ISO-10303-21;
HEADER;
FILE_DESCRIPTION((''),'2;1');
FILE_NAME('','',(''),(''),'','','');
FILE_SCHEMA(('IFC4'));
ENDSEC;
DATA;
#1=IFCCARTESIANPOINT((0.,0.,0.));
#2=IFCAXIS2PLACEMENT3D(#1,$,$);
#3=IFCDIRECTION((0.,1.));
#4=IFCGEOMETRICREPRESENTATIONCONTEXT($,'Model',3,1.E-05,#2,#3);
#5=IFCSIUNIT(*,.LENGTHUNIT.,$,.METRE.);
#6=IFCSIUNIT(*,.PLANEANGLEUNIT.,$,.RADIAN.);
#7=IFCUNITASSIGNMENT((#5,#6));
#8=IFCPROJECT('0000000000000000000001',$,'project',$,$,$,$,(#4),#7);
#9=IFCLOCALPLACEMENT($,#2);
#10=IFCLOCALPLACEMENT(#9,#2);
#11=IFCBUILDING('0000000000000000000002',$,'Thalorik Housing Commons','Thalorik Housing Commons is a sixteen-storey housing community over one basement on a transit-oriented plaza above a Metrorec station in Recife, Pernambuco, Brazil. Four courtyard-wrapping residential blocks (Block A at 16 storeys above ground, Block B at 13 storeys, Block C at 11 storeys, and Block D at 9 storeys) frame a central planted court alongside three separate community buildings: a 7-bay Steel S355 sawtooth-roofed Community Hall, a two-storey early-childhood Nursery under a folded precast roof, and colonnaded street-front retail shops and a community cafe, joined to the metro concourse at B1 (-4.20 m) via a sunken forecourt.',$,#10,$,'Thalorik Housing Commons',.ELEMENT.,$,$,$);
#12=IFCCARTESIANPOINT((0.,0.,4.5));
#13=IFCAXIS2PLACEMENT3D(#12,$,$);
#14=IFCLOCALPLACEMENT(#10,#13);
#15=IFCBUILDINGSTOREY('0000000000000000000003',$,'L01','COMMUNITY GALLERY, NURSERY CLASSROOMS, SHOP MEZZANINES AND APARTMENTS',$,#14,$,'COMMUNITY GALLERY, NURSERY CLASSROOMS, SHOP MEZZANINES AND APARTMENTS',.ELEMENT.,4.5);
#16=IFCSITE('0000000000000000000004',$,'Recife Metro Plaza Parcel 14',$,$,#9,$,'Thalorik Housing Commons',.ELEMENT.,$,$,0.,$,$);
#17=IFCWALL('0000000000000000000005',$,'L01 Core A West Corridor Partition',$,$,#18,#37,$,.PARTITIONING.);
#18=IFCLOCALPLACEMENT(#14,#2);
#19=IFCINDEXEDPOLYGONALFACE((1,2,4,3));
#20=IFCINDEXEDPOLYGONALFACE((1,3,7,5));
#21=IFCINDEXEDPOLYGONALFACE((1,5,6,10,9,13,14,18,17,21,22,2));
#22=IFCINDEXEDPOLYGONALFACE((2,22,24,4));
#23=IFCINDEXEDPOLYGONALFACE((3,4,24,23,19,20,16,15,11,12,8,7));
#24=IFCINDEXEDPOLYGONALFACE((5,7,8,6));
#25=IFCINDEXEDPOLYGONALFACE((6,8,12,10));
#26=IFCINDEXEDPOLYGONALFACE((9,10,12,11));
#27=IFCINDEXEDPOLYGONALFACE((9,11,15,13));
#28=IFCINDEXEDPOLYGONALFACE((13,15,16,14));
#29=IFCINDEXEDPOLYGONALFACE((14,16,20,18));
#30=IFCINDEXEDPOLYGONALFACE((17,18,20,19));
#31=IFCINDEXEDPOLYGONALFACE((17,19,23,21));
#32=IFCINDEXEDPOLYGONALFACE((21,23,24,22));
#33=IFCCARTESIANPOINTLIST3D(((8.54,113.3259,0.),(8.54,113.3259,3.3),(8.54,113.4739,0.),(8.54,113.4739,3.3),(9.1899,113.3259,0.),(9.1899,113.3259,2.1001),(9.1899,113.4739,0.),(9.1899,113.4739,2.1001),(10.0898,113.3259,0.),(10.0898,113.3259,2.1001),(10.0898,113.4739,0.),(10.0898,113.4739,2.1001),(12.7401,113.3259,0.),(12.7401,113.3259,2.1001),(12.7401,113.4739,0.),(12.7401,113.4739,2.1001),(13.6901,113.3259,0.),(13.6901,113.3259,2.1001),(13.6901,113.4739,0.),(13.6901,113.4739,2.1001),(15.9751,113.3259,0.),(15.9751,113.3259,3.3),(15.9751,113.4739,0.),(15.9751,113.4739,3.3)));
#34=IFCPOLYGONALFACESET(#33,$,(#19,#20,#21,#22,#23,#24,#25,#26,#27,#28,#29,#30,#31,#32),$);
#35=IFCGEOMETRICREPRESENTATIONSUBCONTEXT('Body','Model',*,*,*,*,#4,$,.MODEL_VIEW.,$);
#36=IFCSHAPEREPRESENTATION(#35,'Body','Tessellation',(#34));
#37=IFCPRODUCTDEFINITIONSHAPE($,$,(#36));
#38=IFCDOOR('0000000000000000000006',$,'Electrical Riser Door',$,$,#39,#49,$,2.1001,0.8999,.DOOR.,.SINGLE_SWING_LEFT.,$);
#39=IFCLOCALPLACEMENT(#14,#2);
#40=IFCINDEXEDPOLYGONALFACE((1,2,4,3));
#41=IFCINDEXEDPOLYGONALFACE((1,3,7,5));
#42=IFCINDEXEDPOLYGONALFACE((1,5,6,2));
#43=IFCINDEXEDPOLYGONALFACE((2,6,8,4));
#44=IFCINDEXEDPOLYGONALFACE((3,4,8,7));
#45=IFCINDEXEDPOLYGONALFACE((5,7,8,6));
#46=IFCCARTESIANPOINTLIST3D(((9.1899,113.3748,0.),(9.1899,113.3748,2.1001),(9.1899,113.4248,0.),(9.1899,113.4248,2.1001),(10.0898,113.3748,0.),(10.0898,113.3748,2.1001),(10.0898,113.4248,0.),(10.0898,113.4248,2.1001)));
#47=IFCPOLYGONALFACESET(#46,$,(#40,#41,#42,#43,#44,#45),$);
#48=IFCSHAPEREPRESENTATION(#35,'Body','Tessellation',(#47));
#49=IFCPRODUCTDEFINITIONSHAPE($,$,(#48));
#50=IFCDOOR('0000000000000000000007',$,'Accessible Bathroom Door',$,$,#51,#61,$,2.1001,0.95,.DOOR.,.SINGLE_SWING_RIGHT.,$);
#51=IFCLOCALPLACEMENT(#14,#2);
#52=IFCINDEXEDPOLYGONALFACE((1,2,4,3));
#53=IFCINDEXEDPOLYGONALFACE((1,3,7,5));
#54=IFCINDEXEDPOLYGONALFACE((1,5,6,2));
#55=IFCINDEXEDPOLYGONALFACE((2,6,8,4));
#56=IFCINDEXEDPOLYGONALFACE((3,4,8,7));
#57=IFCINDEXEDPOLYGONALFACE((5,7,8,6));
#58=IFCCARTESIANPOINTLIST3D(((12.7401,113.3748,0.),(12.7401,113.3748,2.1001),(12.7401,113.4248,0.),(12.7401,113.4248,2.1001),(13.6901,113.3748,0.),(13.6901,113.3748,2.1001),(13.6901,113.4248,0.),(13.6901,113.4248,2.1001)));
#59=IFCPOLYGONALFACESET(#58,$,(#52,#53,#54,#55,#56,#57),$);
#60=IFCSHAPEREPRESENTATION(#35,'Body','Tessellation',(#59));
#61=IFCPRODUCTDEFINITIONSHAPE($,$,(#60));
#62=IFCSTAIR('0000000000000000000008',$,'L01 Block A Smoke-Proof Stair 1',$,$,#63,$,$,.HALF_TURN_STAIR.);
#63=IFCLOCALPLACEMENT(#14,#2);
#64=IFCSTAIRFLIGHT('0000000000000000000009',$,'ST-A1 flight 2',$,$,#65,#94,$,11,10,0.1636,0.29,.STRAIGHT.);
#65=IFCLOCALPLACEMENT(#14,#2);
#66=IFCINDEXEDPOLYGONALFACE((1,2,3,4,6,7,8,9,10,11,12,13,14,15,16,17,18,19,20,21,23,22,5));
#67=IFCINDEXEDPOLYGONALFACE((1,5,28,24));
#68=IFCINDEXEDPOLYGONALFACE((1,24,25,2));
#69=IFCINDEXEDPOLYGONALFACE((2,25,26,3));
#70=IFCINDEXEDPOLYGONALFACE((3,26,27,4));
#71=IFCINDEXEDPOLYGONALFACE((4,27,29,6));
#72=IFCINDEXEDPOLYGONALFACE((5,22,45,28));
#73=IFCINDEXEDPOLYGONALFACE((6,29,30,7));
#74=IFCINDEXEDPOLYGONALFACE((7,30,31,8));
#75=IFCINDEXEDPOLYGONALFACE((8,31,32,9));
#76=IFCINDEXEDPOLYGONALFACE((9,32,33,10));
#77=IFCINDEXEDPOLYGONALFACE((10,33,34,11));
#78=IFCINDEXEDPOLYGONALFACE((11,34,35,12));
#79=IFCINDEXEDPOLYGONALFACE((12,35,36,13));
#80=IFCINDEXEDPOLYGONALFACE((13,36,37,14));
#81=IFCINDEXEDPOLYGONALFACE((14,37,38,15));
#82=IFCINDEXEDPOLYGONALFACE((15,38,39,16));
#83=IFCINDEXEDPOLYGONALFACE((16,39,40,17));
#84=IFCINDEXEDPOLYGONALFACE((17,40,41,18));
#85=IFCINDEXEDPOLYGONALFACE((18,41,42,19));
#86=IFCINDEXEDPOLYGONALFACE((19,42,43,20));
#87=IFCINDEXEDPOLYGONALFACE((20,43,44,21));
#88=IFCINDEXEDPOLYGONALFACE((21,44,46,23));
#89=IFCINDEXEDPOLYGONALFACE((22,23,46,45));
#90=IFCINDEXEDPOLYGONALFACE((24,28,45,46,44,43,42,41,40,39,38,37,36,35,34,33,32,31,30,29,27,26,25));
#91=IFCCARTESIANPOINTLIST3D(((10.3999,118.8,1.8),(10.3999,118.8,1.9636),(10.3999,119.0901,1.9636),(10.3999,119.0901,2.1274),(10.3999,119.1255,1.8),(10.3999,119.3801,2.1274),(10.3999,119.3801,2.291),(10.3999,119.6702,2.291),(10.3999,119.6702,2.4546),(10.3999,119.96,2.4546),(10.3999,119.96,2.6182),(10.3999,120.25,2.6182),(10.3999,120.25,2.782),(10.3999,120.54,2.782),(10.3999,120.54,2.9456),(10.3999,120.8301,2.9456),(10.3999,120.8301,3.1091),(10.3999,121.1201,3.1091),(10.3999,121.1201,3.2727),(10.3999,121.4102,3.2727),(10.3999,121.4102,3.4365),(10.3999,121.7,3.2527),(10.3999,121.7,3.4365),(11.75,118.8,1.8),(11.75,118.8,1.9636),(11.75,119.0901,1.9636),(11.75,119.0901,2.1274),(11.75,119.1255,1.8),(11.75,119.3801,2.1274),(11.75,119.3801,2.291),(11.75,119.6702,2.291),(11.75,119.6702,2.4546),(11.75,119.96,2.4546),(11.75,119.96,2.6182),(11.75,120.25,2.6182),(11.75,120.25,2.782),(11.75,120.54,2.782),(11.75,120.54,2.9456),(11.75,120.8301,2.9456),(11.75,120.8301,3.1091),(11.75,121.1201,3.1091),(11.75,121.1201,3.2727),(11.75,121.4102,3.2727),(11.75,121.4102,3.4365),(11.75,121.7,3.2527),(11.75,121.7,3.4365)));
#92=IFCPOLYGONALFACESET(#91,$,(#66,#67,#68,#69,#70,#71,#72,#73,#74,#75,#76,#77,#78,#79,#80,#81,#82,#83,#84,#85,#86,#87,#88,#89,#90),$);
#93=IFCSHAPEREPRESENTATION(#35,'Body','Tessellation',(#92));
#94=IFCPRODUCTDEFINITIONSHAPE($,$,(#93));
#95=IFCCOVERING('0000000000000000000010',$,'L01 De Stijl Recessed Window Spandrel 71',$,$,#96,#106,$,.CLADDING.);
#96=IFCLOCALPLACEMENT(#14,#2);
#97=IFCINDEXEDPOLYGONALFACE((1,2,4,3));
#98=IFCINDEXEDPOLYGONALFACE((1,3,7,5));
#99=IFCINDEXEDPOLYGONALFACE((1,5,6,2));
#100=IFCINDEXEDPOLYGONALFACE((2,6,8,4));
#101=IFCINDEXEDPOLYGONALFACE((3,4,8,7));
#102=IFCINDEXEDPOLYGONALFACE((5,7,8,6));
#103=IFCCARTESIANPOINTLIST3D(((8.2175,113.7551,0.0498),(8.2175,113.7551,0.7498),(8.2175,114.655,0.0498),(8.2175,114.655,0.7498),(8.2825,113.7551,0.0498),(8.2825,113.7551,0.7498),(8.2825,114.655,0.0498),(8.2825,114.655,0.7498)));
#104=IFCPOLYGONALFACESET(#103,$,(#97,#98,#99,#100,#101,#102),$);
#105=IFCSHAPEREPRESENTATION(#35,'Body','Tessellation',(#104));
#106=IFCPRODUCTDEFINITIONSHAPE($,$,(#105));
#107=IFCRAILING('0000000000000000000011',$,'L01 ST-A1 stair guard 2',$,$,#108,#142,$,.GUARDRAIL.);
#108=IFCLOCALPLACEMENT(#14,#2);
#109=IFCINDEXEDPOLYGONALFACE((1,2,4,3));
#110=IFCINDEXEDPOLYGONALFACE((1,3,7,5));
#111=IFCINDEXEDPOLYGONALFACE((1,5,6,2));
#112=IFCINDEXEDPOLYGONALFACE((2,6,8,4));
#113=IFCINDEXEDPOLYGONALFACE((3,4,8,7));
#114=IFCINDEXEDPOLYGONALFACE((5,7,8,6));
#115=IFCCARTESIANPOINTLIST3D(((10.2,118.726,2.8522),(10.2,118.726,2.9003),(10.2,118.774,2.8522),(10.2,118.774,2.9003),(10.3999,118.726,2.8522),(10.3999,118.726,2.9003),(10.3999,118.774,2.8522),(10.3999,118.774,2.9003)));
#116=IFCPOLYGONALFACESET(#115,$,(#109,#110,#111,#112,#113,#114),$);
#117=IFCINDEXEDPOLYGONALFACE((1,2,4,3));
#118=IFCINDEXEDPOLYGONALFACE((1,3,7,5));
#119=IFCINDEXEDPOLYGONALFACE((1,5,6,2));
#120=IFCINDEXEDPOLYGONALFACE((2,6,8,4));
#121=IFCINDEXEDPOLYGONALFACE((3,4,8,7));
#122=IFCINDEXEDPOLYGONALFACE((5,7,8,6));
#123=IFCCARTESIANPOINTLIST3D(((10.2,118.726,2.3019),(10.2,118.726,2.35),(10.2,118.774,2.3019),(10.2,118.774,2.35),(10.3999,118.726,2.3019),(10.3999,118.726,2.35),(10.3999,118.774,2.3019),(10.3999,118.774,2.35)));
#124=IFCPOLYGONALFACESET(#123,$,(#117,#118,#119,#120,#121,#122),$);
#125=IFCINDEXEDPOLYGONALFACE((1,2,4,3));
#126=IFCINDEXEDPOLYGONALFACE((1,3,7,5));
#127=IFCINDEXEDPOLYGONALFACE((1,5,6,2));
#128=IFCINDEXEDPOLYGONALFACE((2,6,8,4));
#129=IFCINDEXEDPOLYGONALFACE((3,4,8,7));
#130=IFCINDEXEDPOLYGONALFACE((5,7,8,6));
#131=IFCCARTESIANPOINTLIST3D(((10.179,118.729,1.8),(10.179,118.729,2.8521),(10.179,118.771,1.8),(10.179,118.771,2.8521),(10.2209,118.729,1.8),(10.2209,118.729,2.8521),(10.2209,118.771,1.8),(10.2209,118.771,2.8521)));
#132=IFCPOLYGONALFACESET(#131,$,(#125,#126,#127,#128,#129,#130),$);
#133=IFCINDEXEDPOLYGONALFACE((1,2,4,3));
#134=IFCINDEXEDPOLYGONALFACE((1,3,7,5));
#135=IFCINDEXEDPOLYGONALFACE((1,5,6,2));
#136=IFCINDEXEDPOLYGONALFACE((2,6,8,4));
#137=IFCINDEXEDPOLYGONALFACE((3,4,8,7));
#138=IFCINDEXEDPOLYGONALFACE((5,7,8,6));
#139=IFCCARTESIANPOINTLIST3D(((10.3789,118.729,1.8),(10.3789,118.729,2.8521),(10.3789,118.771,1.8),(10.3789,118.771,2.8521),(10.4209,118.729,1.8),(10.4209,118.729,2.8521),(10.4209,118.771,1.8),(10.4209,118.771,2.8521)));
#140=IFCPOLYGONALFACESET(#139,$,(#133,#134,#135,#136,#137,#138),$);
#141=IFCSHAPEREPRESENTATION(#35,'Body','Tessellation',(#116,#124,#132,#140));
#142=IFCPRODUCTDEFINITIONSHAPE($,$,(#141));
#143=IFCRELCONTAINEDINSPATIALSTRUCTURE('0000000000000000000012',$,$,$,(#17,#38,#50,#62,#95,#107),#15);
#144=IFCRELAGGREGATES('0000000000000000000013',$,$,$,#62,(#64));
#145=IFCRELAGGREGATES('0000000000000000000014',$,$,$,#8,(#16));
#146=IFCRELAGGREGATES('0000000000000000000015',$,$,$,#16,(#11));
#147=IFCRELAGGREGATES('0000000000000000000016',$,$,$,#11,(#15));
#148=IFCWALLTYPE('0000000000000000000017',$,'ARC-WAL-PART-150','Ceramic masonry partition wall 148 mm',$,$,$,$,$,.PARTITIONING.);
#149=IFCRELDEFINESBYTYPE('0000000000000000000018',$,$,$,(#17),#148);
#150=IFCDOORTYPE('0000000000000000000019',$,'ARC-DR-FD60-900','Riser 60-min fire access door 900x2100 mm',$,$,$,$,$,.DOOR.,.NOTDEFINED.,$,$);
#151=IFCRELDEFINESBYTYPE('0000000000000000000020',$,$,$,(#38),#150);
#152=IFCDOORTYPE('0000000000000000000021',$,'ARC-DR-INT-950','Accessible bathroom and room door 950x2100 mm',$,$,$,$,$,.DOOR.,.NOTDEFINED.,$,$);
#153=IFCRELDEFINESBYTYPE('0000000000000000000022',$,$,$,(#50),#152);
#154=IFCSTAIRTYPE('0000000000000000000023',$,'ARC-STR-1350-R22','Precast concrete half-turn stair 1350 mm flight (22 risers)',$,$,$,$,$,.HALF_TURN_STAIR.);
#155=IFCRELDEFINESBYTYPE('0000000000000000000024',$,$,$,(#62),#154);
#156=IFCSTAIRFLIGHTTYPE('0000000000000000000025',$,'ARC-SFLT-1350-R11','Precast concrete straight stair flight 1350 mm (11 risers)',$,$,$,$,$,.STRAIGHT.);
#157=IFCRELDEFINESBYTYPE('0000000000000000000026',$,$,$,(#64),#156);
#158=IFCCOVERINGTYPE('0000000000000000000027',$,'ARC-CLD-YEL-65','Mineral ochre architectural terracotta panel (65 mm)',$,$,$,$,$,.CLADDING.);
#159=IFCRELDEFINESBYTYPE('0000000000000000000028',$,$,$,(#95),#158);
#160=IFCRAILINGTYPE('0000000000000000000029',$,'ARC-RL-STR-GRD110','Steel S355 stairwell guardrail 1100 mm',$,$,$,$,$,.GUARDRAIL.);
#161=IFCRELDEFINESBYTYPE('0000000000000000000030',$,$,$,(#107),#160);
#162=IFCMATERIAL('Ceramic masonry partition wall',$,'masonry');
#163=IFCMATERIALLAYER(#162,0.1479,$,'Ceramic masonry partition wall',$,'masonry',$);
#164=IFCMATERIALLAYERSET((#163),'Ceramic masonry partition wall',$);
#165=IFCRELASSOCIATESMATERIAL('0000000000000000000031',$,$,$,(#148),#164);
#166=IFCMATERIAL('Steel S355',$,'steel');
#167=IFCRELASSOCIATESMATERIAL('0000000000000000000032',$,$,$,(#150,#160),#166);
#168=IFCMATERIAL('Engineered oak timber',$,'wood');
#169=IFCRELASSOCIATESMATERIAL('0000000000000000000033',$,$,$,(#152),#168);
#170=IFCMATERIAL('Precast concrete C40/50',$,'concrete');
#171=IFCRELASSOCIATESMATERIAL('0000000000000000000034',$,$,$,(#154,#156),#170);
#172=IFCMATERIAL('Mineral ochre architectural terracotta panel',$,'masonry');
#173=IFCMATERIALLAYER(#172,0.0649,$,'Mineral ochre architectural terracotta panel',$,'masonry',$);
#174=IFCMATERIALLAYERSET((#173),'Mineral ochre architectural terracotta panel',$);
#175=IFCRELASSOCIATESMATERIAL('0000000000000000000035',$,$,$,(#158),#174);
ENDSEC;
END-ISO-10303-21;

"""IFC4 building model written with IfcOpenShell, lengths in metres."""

from ifc_helpers import new_model, si_unit, direction, frame, frame_2d, origin, origin_2d, place, context, subcontext, project, spatial, polyline, rectangle, outline, extrude, material, layer, layer_set, type_object, element, fill, aggregate, save


model = new_model("IFC4")

# Units and contexts
model_context = context("Model", 3, precision=1e-05, world=origin(), true_north=direction((0.0, 1.0)))
body_context = subcontext(model_context, "Body", "Model", "MODEL_VIEW")
ifc_project = project(units=[si_unit("LENGTHUNIT", "METRE"), si_unit("PLANEANGLEUNIT", "RADIAN")], contexts=[model_context])

# Site, building, storey
site_placement = place(None, origin())
site = spatial("IfcSite", under=ifc_project, at=site_placement, Name="Recife Metro Plaza Parcel 14", LongName="Thalorik Housing Commons", CompositionType="ELEMENT", RefElevation=0.0)
building_placement = place(site_placement, origin())
building = spatial("IfcBuilding", under=site, at=building_placement, Name="Thalorik Housing Commons", Description="Thalorik Housing Commons is a sixteen-storey housing community over one basement on a transit-oriented plaza above a Metrorec station in Recife, Pernambuco, Brazil. Four courtyard-wrapping residential blocks (Block A at 16 storeys above ground, Block B at 13 storeys, Block C at 11 storeys, and Block D at 9 storeys) frame a central planted court alongside three separate community buildings: a 7-bay Steel S355 sawtooth-roofed Community Hall, a two-storey early-childhood Nursery under a folded precast roof, and colonnaded street-front retail shops and a community cafe, joined to the metro concourse at B1 (-4.20 m) via a sunken forecourt.", LongName="Thalorik Housing Commons", CompositionType="ELEMENT")
storey_placement = place(building_placement, frame((0.0, 0.0, 4.5)))
storey = spatial("IfcBuildingStorey", under=building, at=storey_placement, Name="L01", Description="COMMUNITY GALLERY, NURSERY CLASSROOMS, SHOP MEZZANINES AND APARTMENTS", LongName="COMMUNITY GALLERY, NURSERY CLASSROOMS, SHOP MEZZANINES AND APARTMENTS", CompositionType="ELEMENT", Elevation=4.5)

# Shared definitions
ifc_material_1 = material(Name="Precast concrete C40/50", Category="concrete")

# Shared definitions
ifc_material_2 = material(Name="Steel S355", Category="steel")

# Shared definitions
ifc_material_3 = material(Name="Ceramic masonry partition wall", Category="masonry")
ifc_layer_1 = layer(ifc_material_3, 0.1479, Name="Ceramic masonry partition wall", Category="masonry")
ifc_layer_set_1 = layer_set([ifc_layer_1], Name="Ceramic masonry partition wall")
wall_type_1 = type_object("IfcWallType", Name="ARC-WAL-PART-150", Description="Ceramic masonry partition wall 148 mm", PredefinedType="PARTITIONING", material=ifc_layer_set_1)

# Wall, openings, doors
wall_1_placement = place(storey_placement, frame((8.54, 113.3999, 0.0), z_axis=(0.0, 0.0, 1.0), x_axis=(1.0, 0.0, 0.0)))
wall_1 = element("IfcWall", 1, at=wall_1_placement, inside=storey, type_object=wall_type_1, Name="L01 Core A West Corridor Partition", PredefinedType="PARTITIONING", context=body_context, shape_type="SweptSolid", body=[
    extrude(rectangle(XDim=7.4351, YDim=0.1479, at=frame_2d((3.7175, 0.0))), origin(), (0.0, 0.0, 1.0), 3.3),
])
opening_1_placement = place(wall_1_placement, frame((0.6499, 0.0, 0.0)))
opening_1 = element("IfcOpeningElement", 2, at=opening_1_placement, cuts=wall_1, PredefinedType="OPENING", context=body_context, shape_type="SweptSolid", body=[
    extrude(rectangle(XDim=0.8999, YDim=2.1001, at=frame_2d((0.45, 1.05))), frame((0.0, 0.084, 0.0), z_axis=(0.0, -1.0, 0.0), x_axis=(1.0, 0.0, 0.0)), (0.0, 0.0, 1.0), 0.168),
])
opening_2_placement = place(wall_1_placement, frame((4.2, 0.0, 0.0)))
opening_2 = element("IfcOpeningElement", 3, at=opening_2_placement, cuts=wall_1, PredefinedType="OPENING", context=body_context, shape_type="SweptSolid", body=[
    extrude(rectangle(XDim=0.95, YDim=2.1001, at=frame_2d((0.4751, 1.05))), frame((0.0, 0.084, 0.0), z_axis=(0.0, -1.0, 0.0), x_axis=(1.0, 0.0, 0.0)), (0.0, 0.0, 1.0), 0.168),
])
door_type_1 = type_object("IfcDoorType", Name="ARC-DR-FD60-900", Description="Riser 60-min fire access door 900x2100 mm", OperationType="NOTDEFINED", PredefinedType="DOOR", material=ifc_material_2)
door_1_placement = place(opening_1_placement, origin())
door_1 = element("IfcDoor", 4, at=door_1_placement, inside=storey, type_object=door_type_1, Name="Electrical Riser Door", OperationType="SINGLE_SWING_LEFT", OverallHeight=2.1001, OverallWidth=0.8999, PredefinedType="DOOR", context=body_context, shape_type="SweptSolid", body=[
    extrude(rectangle(XDim=0.8999, YDim=2.1001, at=frame_2d((0.45, 1.05))), frame((0.0, 0.0249, 0.0), z_axis=(0.0, -1.0, 0.0), x_axis=(1.0, 0.0, 0.0)), (0.0, 0.0, 1.0), 0.05),
])
fill(opening_1, door_1)
ifc_material_4 = material(Name="Engineered oak timber", Category="wood")
door_type_2 = type_object("IfcDoorType", Name="ARC-DR-INT-950", Description="Accessible bathroom and room door 950x2100 mm", OperationType="NOTDEFINED", PredefinedType="DOOR", material=ifc_material_4)
door_2_placement = place(opening_2_placement, origin())
door_2 = element("IfcDoor", 5, at=door_2_placement, inside=storey, type_object=door_type_2, Name="Accessible Bathroom Door", OperationType="SINGLE_SWING_RIGHT", OverallHeight=2.1001, OverallWidth=0.95, PredefinedType="DOOR", context=body_context, shape_type="SweptSolid", body=[
    extrude(rectangle(XDim=0.95, YDim=2.1001, at=frame_2d((0.4751, 1.05))), frame((0.0, 0.0249, 0.0), z_axis=(0.0, -1.0, 0.0), x_axis=(1.0, 0.0, 0.0)), (0.0, 0.0, 1.0), 0.05),
])
fill(opening_2, door_2)

# Stair, stair flight
stair_type = type_object("IfcStairType", Name="ARC-STR-1350-R22", Description="Precast concrete half-turn stair 1350 mm flight (22 risers)", PredefinedType="HALF_TURN_STAIR", material=ifc_material_1)
stair_placement = place(storey_placement, origin())
stair = element("IfcStair", 6, at=stair_placement, inside=storey, type_object=stair_type, Name="L01 Block A Smoke-Proof Stair 1", PredefinedType="HALF_TURN_STAIR")
stair_flight_type = type_object("IfcStairFlightType", Name="ARC-SFLT-1350-R11", Description="Precast concrete straight stair flight 1350 mm (11 risers)", PredefinedType="STRAIGHT", material=ifc_material_1)
stair_flight_placement = place(storey_placement, frame((11.075, 118.8, 1.8), z_axis=(0.0, 0.0, 1.0), x_axis=(0.0, 1.0, 0.0)))
stair_flight = element("IfcStairFlight", 7, at=stair_flight_placement, type_object=stair_flight_type, Name="ST-A1 flight 2", NumberOfRisers=11, NumberOfTreads=10, PredefinedType="STRAIGHT", RiserHeight=0.1636, TreadLength=0.29, context=body_context, shape_type="SweptSolid", body=[
    extrude(outline(polyline([(0.0, 0.0), (0.0, 0.1636), (0.29, 0.1636), (0.29, 0.3274), (0.5801, 0.3274), (0.5801, 0.491), (0.8701, 0.491), (0.8701, 0.6545), (1.1599, 0.6545), (1.1599, 0.8181), (1.45, 0.8181), (1.45, 0.9819), (1.74, 0.9819), (1.74, 1.1455), (2.03, 1.1455), (2.03, 1.3091), (2.3201, 1.3091), (2.3201, 1.4727), (2.6101, 1.4727), (2.6101, 1.6365), (2.8999, 1.6365), (2.8999, 1.8), (2.8999, 1.4526), (0.3254, 0.0), (0.0, 0.0)])), frame((0.0, 0.675, 0.0), z_axis=(0.0, -1.0, 0.0), x_axis=(1.0, 0.0, 0.0)), (0.0, 0.0, 1.0), 1.3501),
])
aggregate(stair, [stair_flight])

# Covering
ifc_material_5 = material(Name="Mineral ochre architectural terracotta panel", Category="masonry")
ifc_layer_2 = layer(ifc_material_5, 0.0649, Name="Mineral ochre architectural terracotta panel", Category="masonry")
ifc_layer_set_2 = layer_set([ifc_layer_2], Name="Mineral ochre architectural terracotta panel")
covering_type = type_object("IfcCoveringType", Name="ARC-CLD-YEL-65", Description="Mineral ochre architectural terracotta panel (65 mm)", PredefinedType="CLADDING", material=ifc_layer_set_2)
covering_placement = place(storey_placement, frame((8.25, 114.2051, 0.0498), z_axis=(0.0, 0.0, 1.0), x_axis=(0.0, -1.0, 0.0)))
element("IfcCovering", 8, at=covering_placement, inside=storey, type_object=covering_type, Name="L01 De Stijl Recessed Window Spandrel 71", PredefinedType="CLADDING", context=body_context, shape_type="SweptSolid", body=[
    extrude(rectangle(XDim=0.8999, YDim=0.0649, at=origin_2d()), origin(), (0.0, 0.0, 1.0), 0.7),
])

# Railing
railing_type_1 = type_object("IfcRailingType", Name="ARC-RL-STR-GRD110", Description="Steel S355 stairwell guardrail 1100 mm", PredefinedType="GUARDRAIL", material=ifc_material_2)
railing_1_placement = place(storey_placement, frame((10.2, 118.75, 1.8)))
element("IfcRailing", 9, at=railing_1_placement, inside=storey, type_object=railing_type_1, Name="L01 ST-A1 stair guard 2", PredefinedType="GUARDRAIL", context=body_context, shape_type="SweptSolid", body=[
    extrude(rectangle(XDim=0.0481, YDim=0.0481, at=origin_2d()), frame((0.0, 0.0, 1.0762), z_axis=(1.0, 0.0, 0.0), x_axis=(0.0, 1.0, 0.0)), (0.0, 0.0, 1.0), 0.2),
    extrude(rectangle(XDim=0.0481, YDim=0.0481, at=origin_2d()), frame((0.0, 0.0, 0.5259), z_axis=(1.0, 0.0, 0.0), x_axis=(0.0, 1.0, 0.0)), (0.0, 0.0, 1.0), 0.2),
    extrude(rectangle(XDim=0.042, YDim=0.042, at=origin_2d()), origin(), (0.0, 0.0, 1.0), 1.052),
    extrude(rectangle(XDim=0.042, YDim=0.042, at=origin_2d()), frame((0.2, 0.0, 0.0)), (0.0, 0.0, 1.0), 1.052),
])

save(model, "model.ifc")
